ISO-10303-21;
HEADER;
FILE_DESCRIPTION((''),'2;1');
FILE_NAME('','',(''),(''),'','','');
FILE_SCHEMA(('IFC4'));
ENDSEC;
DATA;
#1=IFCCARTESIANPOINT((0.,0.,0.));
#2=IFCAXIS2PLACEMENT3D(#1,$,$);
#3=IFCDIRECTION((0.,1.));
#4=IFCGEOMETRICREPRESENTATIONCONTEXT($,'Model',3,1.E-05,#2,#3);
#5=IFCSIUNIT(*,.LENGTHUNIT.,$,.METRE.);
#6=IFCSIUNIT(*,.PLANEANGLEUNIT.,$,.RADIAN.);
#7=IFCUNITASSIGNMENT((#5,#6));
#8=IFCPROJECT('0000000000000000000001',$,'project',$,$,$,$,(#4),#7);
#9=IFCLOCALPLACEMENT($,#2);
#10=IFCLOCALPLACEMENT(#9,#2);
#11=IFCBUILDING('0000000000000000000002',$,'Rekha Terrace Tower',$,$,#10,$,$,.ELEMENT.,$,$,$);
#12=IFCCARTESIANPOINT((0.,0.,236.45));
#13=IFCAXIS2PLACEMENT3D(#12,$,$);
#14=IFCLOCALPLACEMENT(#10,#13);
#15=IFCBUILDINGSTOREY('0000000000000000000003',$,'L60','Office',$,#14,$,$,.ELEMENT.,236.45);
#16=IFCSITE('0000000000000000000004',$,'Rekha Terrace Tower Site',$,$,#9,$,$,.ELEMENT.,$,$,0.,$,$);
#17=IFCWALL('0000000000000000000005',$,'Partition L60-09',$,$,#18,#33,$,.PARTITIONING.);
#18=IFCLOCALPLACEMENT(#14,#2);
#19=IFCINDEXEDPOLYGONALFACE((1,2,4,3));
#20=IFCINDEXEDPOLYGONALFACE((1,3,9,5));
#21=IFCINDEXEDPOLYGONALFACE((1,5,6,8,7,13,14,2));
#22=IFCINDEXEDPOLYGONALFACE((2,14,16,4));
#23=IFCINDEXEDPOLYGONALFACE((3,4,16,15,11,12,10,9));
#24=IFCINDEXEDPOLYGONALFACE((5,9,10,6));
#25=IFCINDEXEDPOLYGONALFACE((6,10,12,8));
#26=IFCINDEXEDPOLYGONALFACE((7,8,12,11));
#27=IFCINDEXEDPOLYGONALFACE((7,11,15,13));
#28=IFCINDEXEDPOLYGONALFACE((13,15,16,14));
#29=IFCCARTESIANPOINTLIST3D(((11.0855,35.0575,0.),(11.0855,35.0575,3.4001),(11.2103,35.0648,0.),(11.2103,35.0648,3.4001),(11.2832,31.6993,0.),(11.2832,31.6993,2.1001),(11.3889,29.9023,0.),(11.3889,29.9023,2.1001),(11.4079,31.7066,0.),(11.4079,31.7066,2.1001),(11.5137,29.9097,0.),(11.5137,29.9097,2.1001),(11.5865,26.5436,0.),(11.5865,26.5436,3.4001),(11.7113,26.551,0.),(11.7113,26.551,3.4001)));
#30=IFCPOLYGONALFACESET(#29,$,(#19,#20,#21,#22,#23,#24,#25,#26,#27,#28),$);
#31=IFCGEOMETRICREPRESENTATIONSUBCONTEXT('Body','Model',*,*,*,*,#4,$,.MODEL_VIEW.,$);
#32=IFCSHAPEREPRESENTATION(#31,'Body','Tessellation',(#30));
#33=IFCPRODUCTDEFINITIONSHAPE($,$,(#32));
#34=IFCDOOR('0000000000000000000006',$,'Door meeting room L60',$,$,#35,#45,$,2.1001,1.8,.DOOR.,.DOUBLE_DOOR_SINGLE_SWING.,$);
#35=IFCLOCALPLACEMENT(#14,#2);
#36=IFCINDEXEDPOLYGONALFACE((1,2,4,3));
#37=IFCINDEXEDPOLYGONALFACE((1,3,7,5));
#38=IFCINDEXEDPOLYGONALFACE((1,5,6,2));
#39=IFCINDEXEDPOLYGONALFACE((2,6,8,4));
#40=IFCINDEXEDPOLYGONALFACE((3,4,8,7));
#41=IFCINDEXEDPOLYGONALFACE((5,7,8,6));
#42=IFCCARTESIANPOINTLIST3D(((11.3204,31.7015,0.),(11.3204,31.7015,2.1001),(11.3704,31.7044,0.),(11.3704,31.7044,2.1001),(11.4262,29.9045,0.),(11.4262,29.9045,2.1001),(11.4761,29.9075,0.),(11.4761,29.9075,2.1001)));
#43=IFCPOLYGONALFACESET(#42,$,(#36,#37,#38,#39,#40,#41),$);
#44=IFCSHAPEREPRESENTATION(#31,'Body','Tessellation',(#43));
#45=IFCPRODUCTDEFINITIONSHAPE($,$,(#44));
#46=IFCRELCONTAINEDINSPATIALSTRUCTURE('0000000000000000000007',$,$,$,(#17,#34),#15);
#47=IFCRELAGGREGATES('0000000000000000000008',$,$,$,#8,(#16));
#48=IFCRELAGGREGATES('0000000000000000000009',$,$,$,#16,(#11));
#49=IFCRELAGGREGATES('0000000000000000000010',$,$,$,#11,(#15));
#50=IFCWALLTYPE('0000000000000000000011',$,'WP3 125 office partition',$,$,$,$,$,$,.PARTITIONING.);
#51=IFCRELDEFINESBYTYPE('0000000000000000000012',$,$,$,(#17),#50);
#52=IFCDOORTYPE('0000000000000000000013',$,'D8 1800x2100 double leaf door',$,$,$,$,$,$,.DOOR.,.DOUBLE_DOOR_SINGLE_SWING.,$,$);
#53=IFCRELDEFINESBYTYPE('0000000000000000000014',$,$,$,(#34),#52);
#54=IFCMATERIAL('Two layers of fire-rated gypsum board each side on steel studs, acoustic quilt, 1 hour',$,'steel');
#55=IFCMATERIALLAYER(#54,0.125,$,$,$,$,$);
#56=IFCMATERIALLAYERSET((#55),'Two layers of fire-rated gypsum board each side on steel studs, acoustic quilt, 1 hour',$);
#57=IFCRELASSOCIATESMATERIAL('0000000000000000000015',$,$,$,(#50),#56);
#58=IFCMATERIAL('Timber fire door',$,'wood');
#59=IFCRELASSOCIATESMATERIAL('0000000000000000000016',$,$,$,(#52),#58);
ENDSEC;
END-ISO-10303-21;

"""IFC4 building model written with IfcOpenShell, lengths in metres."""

from ifc_helpers import new_model, si_unit, direction, frame, frame_2d, origin, place, context, subcontext, project, spatial, rectangle, extrude, material, layer, layer_set, type_object, element, fill, save


model = new_model("IFC4")

# Units and contexts
model_context = context("Model", 3, precision=1e-05, world=origin(), true_north=direction((0.0, 1.0)))
body_context = subcontext(model_context, "Body", "Model", "MODEL_VIEW")
ifc_project = project(units=[si_unit("LENGTHUNIT", "METRE"), si_unit("PLANEANGLEUNIT", "RADIAN")], contexts=[model_context])

# Site, building, storey
site_placement = place(None, origin())
site = spatial("IfcSite", under=ifc_project, at=site_placement, Name="Rekha Terrace Tower Site", CompositionType="ELEMENT", RefElevation=0.0)
building_placement = place(site_placement, origin())
building = spatial("IfcBuilding", under=site, at=building_placement, Name="Rekha Terrace Tower", CompositionType="ELEMENT")
storey_placement = place(building_placement, frame((0.0, 0.0, 236.45)))
storey = spatial("IfcBuildingStorey", under=building, at=storey_placement, Name="L60", Description="Office", CompositionType="ELEMENT", Elevation=236.45)

# Shared definitions
ifc_material_1 = material(Name="Two layers of fire-rated gypsum board each side on steel studs, acoustic quilt, 1 hour", Category="steel")
ifc_layer_1 = layer(ifc_material_1, 0.125)
ifc_layer_set_1 = layer_set([ifc_layer_1], Name="Two layers of fire-rated gypsum board each side on steel studs, acoustic quilt, 1 hour")
wall_type_1 = type_object("IfcWallType", Name="WP3 125 office partition", PredefinedType="PARTITIONING", material=ifc_layer_set_1)

# Wall, opening, door
wall_1_placement = place(storey_placement, frame((11.1479, 35.061, 0.0), z_axis=(0.0, 0.0, 1.0), x_axis=(0.05874, -0.998273, 0.0)))
wall_1 = element("IfcWall", 1, at=wall_1_placement, inside=storey, type_object=wall_type_1, Name="Partition L60-09", PredefinedType="PARTITIONING", context=body_context, shape_type="SweptSolid", body=[
    extrude(rectangle(XDim=8.5286, YDim=0.125, at=frame_2d((4.2642, 0.0))), origin(), (0.0, 0.0, 1.0), 3.4001),
])
opening_placement = place(wall_1_placement, frame((3.364, 0.0, 0.0)))
opening = element("IfcOpeningElement", 2, at=opening_placement, cuts=wall_1, PredefinedType="OPENING", context=body_context, shape_type="SweptSolid", body=[
    extrude(rectangle(XDim=1.8, YDim=2.1001, at=frame_2d((0.8999, 1.05))), frame((0.0, 0.0725, 0.0), z_axis=(0.0, -1.0, 0.0), x_axis=(1.0, 0.0, 0.0)), (0.0, 0.0, 1.0), 0.145),
])
ifc_material_2 = material(Name="Timber fire door", Category="wood")
door_type = type_object("IfcDoorType", Name="D8 1800x2100 double leaf door", OperationType="DOUBLE_DOOR_SINGLE_SWING", PredefinedType="DOOR", material=ifc_material_2)
door_placement = place(opening_placement, origin())
door = element("IfcDoor", 3, at=door_placement, inside=storey, type_object=door_type, Name="Door meeting room L60", OperationType="DOUBLE_DOOR_SINGLE_SWING", OverallHeight=2.1001, OverallWidth=1.8, PredefinedType="DOOR", context=body_context, shape_type="SweptSolid", body=[
    extrude(rectangle(XDim=1.8, YDim=2.1001, at=frame_2d((0.8999, 1.05))), frame((0.0, 0.0249, 0.0), z_axis=(0.0, -1.0, 0.0), x_axis=(1.0, 0.0, 0.0)), (0.0, 0.0, 1.0), 0.05),
])
fill(opening, door)

save(model, "model.ifc")
